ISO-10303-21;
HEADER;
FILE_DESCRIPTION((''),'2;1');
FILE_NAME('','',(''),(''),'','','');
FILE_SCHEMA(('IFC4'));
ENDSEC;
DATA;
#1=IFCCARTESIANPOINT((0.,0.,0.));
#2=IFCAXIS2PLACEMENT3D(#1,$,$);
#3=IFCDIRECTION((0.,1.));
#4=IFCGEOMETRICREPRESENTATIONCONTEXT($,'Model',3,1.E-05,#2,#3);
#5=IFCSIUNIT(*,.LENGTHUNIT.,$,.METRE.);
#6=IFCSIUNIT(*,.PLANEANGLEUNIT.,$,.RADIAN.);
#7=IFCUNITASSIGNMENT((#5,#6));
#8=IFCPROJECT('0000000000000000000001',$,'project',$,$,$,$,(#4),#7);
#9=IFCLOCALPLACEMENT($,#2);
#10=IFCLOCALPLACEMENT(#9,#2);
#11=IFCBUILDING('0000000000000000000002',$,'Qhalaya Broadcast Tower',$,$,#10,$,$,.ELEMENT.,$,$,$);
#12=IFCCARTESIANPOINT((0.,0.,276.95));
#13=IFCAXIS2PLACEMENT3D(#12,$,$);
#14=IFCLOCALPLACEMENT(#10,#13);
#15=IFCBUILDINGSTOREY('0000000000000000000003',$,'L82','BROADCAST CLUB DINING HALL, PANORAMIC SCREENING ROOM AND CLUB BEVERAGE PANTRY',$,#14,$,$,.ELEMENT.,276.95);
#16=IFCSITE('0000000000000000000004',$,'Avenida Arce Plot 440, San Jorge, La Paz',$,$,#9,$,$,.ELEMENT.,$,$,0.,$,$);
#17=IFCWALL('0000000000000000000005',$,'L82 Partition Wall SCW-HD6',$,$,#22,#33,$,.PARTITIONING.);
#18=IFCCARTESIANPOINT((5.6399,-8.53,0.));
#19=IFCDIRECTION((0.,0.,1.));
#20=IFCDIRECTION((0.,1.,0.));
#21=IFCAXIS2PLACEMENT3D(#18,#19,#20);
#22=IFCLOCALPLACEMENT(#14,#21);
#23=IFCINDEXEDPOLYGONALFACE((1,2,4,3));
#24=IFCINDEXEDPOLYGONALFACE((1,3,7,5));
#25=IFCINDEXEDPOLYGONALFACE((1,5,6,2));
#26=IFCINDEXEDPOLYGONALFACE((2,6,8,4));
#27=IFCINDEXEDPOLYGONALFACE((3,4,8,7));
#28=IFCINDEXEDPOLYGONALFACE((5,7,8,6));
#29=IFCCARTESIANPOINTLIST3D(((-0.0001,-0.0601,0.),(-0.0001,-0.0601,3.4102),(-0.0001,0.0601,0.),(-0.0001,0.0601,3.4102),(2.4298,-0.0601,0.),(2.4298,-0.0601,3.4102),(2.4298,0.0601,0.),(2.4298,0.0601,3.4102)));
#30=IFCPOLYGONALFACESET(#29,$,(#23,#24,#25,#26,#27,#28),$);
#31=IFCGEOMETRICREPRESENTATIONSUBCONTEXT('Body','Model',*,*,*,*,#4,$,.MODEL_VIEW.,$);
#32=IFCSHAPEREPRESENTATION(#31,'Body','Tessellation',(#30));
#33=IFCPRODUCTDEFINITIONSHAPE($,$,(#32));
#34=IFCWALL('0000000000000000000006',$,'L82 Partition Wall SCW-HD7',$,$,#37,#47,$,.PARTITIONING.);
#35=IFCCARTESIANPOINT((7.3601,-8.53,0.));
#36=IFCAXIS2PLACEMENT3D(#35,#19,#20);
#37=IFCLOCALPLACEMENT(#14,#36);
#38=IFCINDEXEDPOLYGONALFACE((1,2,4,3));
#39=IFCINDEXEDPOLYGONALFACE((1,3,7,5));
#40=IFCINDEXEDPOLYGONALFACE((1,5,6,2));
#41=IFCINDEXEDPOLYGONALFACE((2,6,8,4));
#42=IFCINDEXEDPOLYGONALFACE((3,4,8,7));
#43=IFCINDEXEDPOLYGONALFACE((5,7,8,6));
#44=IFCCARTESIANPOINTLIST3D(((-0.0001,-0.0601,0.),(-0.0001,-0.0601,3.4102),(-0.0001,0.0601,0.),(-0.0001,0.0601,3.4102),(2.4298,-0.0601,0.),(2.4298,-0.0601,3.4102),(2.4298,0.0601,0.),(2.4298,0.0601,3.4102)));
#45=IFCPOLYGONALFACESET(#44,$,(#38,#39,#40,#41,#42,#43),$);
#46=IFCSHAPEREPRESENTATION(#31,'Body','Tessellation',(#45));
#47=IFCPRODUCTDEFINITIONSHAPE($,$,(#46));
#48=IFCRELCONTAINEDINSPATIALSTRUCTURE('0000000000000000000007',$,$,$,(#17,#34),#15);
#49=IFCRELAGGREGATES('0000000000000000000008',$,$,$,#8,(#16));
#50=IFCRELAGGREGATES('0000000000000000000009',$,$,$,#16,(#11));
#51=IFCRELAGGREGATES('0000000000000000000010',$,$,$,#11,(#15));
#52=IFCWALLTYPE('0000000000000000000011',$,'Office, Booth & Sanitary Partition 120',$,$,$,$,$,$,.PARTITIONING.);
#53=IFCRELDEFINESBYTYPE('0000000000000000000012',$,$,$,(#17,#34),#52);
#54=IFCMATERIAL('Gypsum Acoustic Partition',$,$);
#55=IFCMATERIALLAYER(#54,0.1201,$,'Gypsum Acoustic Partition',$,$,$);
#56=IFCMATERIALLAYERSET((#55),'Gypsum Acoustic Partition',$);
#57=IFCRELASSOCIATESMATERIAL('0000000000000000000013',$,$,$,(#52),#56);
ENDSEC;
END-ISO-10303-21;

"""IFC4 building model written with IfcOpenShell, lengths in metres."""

from ifc_helpers import new_model, si_unit, direction, frame, frame_2d, origin, place, context, subcontext, project, spatial, rectangle, extrude, material, layer, layer_set, type_object, element, save


model = new_model("IFC4")

# Units and contexts
model_context = context("Model", 3, precision=1e-05, world=origin(), true_north=direction((0.0, 1.0)))
body_context = subcontext(model_context, "Body", "Model", "MODEL_VIEW")
ifc_project = project(units=[si_unit("LENGTHUNIT", "METRE"), si_unit("PLANEANGLEUNIT", "RADIAN")], contexts=[model_context])

# Site, building, storey
site_placement = place(None, origin())
site = spatial("IfcSite", under=ifc_project, at=site_placement, Name="Avenida Arce Plot 440, San Jorge, La Paz", CompositionType="ELEMENT", RefElevation=0.0)
building_placement = place(site_placement, origin())
building = spatial("IfcBuilding", under=site, at=building_placement, Name="Qhalaya Broadcast Tower", CompositionType="ELEMENT")
storey_placement = place(building_placement, frame((0.0, 0.0, 276.95)))
storey = spatial("IfcBuildingStorey", under=building, at=storey_placement, Name="L82", Description="BROADCAST CLUB DINING HALL, PANORAMIC SCREENING ROOM AND CLUB BEVERAGE PANTRY", CompositionType="ELEMENT", Elevation=276.95)

# Walls
ifc_material_1 = material(Name="Gypsum Acoustic Partition")
ifc_layer_1 = layer(ifc_material_1, 0.1201, Name="Gypsum Acoustic Partition")
ifc_layer_set_1 = layer_set([ifc_layer_1], Name="Gypsum Acoustic Partition")
wall_type_1 = type_object("IfcWallType", Name="Office, Booth & Sanitary Partition 120", PredefinedType="PARTITIONING", material=ifc_layer_set_1)
for number, where, z_axis, x_axis, name in (
    (1, (5.6399, -8.53, 0.0), (0.0, 0.0, 1.0), (0.0, 1.0, 0.0), "L82 Partition Wall SCW-HD6"),
    (2, (7.3601, -8.53, 0.0), (0.0, 0.0, 1.0), (0.0, 1.0, 0.0), "L82 Partition Wall SCW-HD7"),
):
    element("IfcWall", number, at=place(storey_placement, frame(where, z_axis=z_axis, x_axis=x_axis)), inside=storey, type_object=wall_type_1, Name=name, PredefinedType="PARTITIONING", context=body_context, shape_type="SweptSolid", body=[
        extrude(rectangle(XDim=2.4299, YDim=0.1201, at=frame_2d((1.2148, 0.0))), origin(), (0.0, 0.0, 1.0), 3.4102),
    ])

save(model, "model.ifc")
